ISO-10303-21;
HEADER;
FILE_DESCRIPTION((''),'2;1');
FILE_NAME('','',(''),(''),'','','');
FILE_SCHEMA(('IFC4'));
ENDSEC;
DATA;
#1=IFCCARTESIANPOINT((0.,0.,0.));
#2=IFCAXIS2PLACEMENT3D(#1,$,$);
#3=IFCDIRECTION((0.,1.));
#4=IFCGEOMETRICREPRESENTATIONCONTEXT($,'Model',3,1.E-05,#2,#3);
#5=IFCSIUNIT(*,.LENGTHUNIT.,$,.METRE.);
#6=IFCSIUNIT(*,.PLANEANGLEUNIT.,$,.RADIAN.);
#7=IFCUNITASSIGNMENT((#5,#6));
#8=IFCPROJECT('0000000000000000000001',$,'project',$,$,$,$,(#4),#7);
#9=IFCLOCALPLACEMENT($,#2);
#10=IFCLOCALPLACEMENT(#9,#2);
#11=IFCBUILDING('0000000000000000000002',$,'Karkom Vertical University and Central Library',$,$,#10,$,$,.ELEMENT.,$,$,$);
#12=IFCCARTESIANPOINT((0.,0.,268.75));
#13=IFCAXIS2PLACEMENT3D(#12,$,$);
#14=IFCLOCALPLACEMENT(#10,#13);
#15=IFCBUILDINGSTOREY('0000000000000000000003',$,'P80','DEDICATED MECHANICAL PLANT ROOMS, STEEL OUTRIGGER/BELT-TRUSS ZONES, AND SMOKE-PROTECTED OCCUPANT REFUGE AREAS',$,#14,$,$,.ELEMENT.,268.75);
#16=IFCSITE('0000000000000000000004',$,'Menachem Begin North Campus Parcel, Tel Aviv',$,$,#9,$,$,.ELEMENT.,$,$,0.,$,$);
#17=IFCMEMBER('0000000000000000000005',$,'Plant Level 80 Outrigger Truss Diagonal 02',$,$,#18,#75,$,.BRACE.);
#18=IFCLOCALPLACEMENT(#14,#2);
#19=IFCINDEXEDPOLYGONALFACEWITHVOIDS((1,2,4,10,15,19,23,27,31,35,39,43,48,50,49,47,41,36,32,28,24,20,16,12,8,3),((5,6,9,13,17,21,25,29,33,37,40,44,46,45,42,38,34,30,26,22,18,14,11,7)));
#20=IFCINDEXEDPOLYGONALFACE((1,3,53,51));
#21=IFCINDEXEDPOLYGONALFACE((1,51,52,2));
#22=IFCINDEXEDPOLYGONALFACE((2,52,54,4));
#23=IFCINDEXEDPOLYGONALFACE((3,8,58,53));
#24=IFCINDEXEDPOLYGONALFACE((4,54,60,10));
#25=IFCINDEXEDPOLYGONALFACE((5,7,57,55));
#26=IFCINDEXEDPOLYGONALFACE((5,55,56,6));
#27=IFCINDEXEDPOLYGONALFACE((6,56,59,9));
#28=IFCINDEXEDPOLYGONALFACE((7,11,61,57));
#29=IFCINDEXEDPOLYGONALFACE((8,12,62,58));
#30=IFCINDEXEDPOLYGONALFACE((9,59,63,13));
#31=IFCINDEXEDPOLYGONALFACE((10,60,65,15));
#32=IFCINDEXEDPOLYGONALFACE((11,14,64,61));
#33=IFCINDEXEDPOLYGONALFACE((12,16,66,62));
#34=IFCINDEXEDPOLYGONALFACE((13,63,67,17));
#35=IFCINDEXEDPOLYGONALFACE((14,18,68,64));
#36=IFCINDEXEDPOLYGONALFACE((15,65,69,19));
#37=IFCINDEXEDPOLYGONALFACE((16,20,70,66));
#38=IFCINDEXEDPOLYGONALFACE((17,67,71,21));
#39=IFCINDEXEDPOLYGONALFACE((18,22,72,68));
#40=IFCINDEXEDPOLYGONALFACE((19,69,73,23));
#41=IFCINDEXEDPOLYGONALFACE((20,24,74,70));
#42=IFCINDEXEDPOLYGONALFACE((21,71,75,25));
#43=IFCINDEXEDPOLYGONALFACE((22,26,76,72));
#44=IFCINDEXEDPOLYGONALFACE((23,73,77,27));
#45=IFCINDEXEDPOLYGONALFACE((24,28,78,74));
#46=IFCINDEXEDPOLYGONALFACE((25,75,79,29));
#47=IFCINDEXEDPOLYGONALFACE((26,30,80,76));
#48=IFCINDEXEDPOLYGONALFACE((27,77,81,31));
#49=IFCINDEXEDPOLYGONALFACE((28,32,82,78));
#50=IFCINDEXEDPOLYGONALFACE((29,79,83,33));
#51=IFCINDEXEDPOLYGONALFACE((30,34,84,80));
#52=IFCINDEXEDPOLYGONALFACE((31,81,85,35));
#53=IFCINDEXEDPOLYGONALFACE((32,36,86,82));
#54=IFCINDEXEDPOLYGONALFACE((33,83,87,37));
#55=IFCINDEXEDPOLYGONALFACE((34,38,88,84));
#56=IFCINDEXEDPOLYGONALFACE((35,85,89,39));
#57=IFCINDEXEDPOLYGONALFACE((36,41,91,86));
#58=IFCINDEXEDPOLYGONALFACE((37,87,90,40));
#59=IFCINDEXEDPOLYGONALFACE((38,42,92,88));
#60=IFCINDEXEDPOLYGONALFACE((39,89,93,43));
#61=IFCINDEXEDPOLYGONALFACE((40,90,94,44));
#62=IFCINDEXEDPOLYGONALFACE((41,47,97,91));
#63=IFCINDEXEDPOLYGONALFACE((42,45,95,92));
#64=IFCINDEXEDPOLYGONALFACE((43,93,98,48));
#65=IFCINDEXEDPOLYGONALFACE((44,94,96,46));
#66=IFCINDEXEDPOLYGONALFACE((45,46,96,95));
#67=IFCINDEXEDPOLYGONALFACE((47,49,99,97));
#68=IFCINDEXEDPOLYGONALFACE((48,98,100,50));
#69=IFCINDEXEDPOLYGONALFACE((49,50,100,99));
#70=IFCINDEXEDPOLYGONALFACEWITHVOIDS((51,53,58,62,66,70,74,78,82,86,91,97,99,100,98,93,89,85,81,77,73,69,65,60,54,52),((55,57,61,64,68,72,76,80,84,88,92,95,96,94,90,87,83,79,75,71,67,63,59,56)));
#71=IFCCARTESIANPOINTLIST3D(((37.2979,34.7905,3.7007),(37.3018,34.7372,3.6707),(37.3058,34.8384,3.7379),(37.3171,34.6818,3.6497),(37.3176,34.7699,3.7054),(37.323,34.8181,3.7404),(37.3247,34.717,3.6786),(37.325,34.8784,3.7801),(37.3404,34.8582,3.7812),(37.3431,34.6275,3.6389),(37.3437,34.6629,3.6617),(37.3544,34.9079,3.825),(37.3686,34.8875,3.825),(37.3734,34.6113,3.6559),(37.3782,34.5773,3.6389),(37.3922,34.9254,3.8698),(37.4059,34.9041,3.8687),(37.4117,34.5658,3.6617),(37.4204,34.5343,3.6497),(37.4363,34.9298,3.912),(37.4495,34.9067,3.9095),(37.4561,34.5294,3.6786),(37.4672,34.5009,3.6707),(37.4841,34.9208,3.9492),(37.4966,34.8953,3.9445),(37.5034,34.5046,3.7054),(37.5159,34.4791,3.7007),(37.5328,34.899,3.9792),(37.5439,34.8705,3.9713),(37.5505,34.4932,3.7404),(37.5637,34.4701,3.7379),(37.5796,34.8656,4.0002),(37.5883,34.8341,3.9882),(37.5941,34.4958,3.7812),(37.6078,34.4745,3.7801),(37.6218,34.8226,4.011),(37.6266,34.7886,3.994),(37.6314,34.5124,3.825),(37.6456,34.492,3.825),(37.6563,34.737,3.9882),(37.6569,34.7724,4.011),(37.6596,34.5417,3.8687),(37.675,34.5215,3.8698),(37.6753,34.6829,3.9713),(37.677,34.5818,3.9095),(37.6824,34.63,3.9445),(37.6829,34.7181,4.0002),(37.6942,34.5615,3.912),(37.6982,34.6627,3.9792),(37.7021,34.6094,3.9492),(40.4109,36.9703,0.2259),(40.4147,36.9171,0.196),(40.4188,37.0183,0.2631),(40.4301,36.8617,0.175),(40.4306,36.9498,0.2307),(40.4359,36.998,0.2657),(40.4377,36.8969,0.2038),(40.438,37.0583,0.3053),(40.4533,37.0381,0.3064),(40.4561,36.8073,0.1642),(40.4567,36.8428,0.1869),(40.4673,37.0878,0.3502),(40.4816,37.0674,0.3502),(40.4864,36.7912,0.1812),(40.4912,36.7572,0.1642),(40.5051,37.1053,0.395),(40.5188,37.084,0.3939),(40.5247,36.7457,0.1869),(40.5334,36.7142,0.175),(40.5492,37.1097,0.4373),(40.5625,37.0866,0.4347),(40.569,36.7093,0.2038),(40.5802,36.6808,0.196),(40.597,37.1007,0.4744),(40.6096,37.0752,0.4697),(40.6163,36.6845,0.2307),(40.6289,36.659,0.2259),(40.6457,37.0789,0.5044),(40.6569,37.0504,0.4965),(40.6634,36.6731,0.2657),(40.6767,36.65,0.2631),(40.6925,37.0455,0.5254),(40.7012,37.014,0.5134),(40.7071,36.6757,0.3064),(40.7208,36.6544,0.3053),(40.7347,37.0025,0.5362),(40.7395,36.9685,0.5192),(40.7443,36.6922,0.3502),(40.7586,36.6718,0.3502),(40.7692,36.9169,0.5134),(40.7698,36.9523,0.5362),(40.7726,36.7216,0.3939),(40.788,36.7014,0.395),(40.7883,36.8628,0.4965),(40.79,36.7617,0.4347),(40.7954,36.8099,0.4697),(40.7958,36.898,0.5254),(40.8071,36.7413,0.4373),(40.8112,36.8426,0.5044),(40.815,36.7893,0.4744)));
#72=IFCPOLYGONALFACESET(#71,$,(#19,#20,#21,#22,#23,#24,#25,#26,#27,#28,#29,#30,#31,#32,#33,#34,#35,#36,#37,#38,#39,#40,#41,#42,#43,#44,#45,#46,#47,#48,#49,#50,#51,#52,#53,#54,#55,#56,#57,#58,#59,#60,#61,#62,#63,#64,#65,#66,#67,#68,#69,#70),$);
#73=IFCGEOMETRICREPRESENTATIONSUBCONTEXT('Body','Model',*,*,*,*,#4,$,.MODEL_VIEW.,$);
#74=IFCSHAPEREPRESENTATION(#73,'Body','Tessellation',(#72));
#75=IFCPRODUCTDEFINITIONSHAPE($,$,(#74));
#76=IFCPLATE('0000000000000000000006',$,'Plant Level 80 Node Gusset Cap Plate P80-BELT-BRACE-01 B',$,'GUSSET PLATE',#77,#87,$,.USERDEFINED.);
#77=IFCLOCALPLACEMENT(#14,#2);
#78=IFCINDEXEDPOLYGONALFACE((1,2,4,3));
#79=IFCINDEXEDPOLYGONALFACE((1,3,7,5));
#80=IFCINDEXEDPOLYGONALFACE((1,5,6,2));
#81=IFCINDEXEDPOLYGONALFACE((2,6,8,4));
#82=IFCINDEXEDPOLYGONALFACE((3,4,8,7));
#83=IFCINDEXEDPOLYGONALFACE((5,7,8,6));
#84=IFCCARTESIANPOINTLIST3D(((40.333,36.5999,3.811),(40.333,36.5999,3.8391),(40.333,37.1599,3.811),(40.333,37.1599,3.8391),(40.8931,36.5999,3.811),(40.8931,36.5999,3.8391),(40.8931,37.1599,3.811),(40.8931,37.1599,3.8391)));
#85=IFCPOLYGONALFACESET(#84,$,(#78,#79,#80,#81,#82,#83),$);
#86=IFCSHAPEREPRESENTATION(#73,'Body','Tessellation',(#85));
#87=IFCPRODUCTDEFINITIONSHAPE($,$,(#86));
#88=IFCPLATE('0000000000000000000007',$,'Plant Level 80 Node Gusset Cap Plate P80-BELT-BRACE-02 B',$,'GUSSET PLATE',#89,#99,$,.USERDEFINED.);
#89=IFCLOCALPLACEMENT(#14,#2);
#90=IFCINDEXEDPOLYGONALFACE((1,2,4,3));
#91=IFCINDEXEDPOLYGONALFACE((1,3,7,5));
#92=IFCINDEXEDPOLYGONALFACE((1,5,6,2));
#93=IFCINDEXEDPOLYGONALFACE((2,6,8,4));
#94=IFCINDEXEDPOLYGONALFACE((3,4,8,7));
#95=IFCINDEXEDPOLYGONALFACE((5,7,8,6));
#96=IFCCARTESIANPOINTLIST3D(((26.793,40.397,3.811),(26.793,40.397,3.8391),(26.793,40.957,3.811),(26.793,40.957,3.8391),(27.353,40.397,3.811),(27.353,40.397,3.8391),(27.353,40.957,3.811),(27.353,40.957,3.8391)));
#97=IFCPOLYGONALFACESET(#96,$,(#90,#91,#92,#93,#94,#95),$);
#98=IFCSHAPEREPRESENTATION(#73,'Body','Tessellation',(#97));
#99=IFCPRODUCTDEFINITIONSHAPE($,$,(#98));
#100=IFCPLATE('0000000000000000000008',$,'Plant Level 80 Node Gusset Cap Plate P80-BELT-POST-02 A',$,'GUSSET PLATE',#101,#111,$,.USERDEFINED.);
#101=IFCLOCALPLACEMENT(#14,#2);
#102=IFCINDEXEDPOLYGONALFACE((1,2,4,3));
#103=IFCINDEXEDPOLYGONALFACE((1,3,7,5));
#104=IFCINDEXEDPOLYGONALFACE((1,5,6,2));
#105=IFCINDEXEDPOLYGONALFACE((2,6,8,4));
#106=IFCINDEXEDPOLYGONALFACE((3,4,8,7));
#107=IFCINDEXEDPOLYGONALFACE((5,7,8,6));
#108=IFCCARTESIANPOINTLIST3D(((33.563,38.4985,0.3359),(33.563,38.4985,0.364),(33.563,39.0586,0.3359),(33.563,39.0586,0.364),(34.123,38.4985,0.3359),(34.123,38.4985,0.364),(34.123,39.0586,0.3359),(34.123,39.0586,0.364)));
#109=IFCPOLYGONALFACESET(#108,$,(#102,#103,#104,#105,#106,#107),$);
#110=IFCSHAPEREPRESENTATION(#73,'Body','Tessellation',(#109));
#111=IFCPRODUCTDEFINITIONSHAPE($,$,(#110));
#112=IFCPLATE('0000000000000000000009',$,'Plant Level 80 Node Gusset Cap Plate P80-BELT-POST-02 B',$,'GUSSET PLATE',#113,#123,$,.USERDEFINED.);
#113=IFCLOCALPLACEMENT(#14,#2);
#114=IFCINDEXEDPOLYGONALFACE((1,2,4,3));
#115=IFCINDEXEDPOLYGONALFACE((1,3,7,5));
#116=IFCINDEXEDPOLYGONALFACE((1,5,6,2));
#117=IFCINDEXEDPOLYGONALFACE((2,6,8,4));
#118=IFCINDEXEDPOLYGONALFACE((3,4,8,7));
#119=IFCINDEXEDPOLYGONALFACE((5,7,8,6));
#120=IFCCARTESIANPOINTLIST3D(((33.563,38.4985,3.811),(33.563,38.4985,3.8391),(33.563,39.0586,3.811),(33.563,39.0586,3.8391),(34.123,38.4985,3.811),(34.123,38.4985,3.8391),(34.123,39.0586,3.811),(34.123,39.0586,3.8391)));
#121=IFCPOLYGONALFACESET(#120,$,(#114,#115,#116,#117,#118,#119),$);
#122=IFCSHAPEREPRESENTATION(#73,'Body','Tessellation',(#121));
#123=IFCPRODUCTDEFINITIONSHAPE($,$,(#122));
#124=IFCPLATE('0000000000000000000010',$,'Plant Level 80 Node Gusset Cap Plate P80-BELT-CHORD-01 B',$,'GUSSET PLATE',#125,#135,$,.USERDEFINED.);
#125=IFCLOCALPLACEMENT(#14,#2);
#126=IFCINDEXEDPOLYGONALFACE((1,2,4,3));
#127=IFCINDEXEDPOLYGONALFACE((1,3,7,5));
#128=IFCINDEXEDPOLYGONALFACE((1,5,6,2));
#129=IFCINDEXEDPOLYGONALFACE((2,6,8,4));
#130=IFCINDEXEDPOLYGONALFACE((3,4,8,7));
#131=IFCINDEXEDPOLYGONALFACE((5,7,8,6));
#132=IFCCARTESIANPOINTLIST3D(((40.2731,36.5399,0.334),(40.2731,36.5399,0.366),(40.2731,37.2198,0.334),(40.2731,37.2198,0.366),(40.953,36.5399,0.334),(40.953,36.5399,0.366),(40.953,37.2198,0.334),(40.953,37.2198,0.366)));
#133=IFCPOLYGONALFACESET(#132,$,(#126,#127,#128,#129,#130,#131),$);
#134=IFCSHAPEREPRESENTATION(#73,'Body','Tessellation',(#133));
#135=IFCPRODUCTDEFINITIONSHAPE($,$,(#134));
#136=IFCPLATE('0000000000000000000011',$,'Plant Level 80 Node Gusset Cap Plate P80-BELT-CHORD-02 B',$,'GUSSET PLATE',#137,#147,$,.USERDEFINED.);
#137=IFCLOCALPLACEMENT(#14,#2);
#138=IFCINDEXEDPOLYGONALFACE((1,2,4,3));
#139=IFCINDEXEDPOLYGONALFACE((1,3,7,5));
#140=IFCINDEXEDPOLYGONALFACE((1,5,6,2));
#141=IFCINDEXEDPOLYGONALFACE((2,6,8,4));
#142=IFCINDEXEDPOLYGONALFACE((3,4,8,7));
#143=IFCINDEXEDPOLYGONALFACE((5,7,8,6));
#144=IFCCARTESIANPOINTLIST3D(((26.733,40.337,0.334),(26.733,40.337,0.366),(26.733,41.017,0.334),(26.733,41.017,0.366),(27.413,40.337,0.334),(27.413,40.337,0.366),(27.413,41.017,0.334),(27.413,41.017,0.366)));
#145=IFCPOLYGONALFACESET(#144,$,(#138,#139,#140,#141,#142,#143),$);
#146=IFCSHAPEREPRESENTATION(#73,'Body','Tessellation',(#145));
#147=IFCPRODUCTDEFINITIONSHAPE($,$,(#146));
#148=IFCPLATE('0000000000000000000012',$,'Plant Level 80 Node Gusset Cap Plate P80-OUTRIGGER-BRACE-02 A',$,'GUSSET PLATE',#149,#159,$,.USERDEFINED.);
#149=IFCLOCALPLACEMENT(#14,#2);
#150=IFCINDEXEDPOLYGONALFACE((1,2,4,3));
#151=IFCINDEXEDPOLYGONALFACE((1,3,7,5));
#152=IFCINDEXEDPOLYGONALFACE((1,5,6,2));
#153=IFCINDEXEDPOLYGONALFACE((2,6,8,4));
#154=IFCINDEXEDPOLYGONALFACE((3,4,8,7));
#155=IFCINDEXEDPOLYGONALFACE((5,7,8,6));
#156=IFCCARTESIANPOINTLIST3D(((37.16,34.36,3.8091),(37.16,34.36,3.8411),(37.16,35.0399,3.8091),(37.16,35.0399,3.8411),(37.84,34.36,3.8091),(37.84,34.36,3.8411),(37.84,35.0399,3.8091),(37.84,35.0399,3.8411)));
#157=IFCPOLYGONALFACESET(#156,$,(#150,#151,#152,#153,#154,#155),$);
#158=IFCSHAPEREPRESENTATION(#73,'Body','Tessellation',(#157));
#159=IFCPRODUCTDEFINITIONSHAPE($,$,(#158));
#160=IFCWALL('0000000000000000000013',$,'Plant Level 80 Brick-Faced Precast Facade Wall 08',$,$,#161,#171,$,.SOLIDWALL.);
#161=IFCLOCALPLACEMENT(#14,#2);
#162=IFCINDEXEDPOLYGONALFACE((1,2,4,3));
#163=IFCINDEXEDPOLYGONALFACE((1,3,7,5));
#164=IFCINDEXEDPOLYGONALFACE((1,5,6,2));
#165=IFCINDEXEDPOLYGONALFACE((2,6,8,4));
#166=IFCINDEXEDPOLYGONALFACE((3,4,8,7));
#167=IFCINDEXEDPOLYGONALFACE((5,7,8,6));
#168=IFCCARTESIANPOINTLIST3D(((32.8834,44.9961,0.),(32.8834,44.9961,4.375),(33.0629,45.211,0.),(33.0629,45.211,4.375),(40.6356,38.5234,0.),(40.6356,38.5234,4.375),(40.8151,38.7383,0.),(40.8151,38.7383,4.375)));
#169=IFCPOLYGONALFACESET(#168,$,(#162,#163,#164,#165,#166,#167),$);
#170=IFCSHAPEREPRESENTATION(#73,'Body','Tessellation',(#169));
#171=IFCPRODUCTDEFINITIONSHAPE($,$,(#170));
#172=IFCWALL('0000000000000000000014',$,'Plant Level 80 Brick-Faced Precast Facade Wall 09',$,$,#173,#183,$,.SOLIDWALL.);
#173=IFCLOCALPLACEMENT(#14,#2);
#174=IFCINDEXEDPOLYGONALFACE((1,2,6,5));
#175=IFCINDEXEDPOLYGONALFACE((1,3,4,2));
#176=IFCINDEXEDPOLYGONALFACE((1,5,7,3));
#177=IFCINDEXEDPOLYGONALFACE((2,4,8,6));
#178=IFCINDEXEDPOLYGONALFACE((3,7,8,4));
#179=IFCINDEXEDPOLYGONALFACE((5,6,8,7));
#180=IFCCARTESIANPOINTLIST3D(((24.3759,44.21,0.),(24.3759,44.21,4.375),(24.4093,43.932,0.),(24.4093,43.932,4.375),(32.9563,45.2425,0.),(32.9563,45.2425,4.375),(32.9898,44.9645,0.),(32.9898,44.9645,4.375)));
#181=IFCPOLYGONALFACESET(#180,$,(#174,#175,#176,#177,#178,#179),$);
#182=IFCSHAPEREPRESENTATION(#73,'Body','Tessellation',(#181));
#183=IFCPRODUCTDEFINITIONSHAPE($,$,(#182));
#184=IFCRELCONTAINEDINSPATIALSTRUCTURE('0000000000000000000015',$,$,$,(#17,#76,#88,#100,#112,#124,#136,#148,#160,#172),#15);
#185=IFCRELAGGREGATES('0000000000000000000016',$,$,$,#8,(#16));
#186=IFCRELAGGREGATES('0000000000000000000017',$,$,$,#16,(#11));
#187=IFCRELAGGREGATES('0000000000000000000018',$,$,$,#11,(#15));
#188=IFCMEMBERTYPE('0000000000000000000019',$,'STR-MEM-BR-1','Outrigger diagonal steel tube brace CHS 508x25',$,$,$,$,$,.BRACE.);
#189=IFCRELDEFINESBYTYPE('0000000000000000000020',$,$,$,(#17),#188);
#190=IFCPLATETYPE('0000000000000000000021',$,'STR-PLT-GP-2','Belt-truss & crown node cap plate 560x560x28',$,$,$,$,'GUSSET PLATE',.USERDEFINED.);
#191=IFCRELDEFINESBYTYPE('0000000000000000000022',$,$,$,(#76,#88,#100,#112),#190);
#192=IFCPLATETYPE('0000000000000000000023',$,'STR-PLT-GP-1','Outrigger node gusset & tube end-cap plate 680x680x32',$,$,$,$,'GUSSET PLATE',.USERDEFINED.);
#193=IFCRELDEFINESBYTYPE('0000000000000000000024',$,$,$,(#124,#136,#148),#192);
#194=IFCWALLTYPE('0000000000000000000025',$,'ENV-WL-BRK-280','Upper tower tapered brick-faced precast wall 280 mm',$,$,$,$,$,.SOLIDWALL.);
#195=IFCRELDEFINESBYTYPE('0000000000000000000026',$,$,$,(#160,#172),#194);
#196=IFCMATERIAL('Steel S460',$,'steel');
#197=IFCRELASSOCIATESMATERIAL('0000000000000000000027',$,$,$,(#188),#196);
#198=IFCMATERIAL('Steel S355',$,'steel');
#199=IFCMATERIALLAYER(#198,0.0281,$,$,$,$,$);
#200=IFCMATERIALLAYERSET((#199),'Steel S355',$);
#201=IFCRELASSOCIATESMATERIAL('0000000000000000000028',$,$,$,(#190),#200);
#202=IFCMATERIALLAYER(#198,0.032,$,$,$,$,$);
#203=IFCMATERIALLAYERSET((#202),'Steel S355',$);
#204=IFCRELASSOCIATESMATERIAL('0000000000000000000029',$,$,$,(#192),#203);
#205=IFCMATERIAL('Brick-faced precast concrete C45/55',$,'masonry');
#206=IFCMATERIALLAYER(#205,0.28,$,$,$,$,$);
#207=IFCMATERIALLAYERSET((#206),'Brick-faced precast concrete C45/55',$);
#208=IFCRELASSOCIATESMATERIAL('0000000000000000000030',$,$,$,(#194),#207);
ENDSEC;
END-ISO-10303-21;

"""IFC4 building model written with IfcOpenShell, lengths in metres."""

from ifc_helpers import new_model, si_unit, direction, frame, frame_2d, origin, origin_with_axes, origin_2d, place, context, subcontext, project, spatial, rectangle, hollow_circle, extrude, source, transform, mapped, material, layer, layer_set, material_profile, profile_set, type_object, element, save


model = new_model("IFC4")

# Units and contexts
model_context = context("Model", 3, precision=1e-05, world=origin(), true_north=direction((0.0, 1.0)))
body_context = subcontext(model_context, "Body", "Model", "MODEL_VIEW")
ifc_project = project(units=[si_unit("LENGTHUNIT", "METRE"), si_unit("PLANEANGLEUNIT", "RADIAN")], contexts=[model_context])

# Site, building, storey
site_placement = place(None, origin())
site = spatial("IfcSite", under=ifc_project, at=site_placement, Name="Menachem Begin North Campus Parcel, Tel Aviv", CompositionType="ELEMENT", RefElevation=0.0)
building_placement = place(site_placement, origin())
building = spatial("IfcBuilding", under=site, at=building_placement, Name="Karkom Vertical University and Central Library", CompositionType="ELEMENT")
storey_placement = place(building_placement, frame((0.0, 0.0, 268.75)))
storey = spatial("IfcBuildingStorey", under=building, at=storey_placement, Name="P80", Description="DEDICATED MECHANICAL PLANT ROOMS, STEEL OUTRIGGER/BELT-TRUSS ZONES, AND SMOKE-PROTECTED OCCUPANT REFUGE AREAS", CompositionType="ELEMENT", Elevation=268.75)

# Shared definitions
ifc_material_1 = material(Name="Steel S355", Category="steel")
ifc_material_2 = material(Name="Steel S460", Category="steel")

# Member
ifc_material_profile_1 = material_profile(ifc_material_2, hollow_circle(Radius=0.2539, WallThickness=0.0249, at=origin_2d()), Name="CHS 508x25")
ifc_profile_set_1 = profile_set([ifc_material_profile_1], Name="Steel S460")
member_type_1 = type_object("IfcMemberType", Name="STR-MEM-BR-1", Description="Outrigger diagonal steel tube brace CHS 508x25", PredefinedType="BRACE", material=ifc_profile_set_1)
shared_shape_1 = source(origin_with_axes(), body_context, "Body", "SweptSolid", [
    extrude(hollow_circle(Radius=0.2539, WallThickness=0.0249, at=origin_2d()), origin(), (0.0, 0.0, 1.0), 5.1494),
])
member_1_placement = place(storey_placement, frame((37.5, 34.7, 3.825), z_axis=(0.604528, 0.423326, -0.67479), x_axis=(-0.573605, 0.819132, 0.0)))
element("IfcMember", 1, at=member_1_placement, inside=storey, type_object=member_type_1, Name="Plant Level 80 Outrigger Truss Diagonal 02", PredefinedType="BRACE", context=body_context, shape_type="MappedRepresentation", body=[
    mapped(shared_shape_1, transform((0.0, 0.0, 0.0), scale=1.0)),
])

# Plates
ifc_layer_1 = layer(ifc_material_1, 0.0281)
ifc_layer_set_1 = layer_set([ifc_layer_1], Name="Steel S355")
plate_type_1 = type_object("IfcPlateType", Name="STR-PLT-GP-2", Description="Belt-truss & crown node cap plate 560x560x28", ElementType="GUSSET PLATE", PredefinedType="USERDEFINED", material=ifc_layer_set_1)
shared_shape_2 = source(origin_with_axes(), body_context, "Body", "SweptSolid", [
    extrude(rectangle(XDim=0.5601, YDim=0.5601, at=origin_2d()), origin(), (0.0, 0.0, 1.0), 0.0281),
])
for number, where, z_axis, x_axis, name in (
    (2, (40.613, 36.8799, 3.811), (0.0, 0.0, 1.0), (1.0, 0.0, 0.0), "Plant Level 80 Node Gusset Cap Plate P80-BELT-BRACE-01 B"),
    (3, (27.073, 40.677, 3.811), (0.0, 0.0, 1.0), (1.0, 0.0, 0.0), "Plant Level 80 Node Gusset Cap Plate P80-BELT-BRACE-02 B"),
    (4, (33.843, 38.7786, 0.3359), (0.0, 0.0, 1.0), (1.0, 0.0, 0.0), "Plant Level 80 Node Gusset Cap Plate P80-BELT-POST-02 A"),
    (5, (33.843, 38.7786, 3.811), (0.0, 0.0, 1.0), (1.0, 0.0, 0.0), "Plant Level 80 Node Gusset Cap Plate P80-BELT-POST-02 B"),
):
    element("IfcPlate", number, at=place(storey_placement, frame(where, z_axis=z_axis, x_axis=x_axis)), inside=storey, type_object=plate_type_1, Name=name, ObjectType="GUSSET PLATE", PredefinedType="USERDEFINED", context=body_context, shape_type="MappedRepresentation", body=[
        mapped(shared_shape_2, transform((0.0, 0.0, 0.0), scale=1.0)),
    ])
ifc_layer_2 = layer(ifc_material_1, 0.032)
ifc_layer_set_2 = layer_set([ifc_layer_2], Name="Steel S355")
plate_type_2 = type_object("IfcPlateType", Name="STR-PLT-GP-1", Description="Outrigger node gusset & tube end-cap plate 680x680x32", ElementType="GUSSET PLATE", PredefinedType="USERDEFINED", material=ifc_layer_set_2)
shared_shape_3 = source(origin_with_axes(), body_context, "Body", "SweptSolid", [
    extrude(rectangle(XDim=0.6799, YDim=0.6799, at=origin_2d()), origin(), (0.0, 0.0, 1.0), 0.032),
])
for number, where, z_axis, x_axis, name in (
    (6, (40.613, 36.8799, 0.334), (0.0, 0.0, 1.0), (1.0, 0.0, 0.0), "Plant Level 80 Node Gusset Cap Plate P80-BELT-CHORD-01 B"),
    (7, (27.073, 40.677, 0.334), (0.0, 0.0, 1.0), (1.0, 0.0, 0.0), "Plant Level 80 Node Gusset Cap Plate P80-BELT-CHORD-02 B"),
    (8, (37.5, 34.7, 3.8091), (0.0, 0.0, 1.0), (1.0, 0.0, 0.0), "Plant Level 80 Node Gusset Cap Plate P80-OUTRIGGER-BRACE-02 A"),
):
    element("IfcPlate", number, at=place(storey_placement, frame(where, z_axis=z_axis, x_axis=x_axis)), inside=storey, type_object=plate_type_2, Name=name, ObjectType="GUSSET PLATE", PredefinedType="USERDEFINED", context=body_context, shape_type="MappedRepresentation", body=[
        mapped(shared_shape_3, transform((0.0, 0.0, 0.0), scale=1.0)),
    ])

# Walls
ifc_material_3 = material(Name="Brick-faced precast concrete C45/55", Category="masonry")
ifc_layer_3 = layer(ifc_material_3, 0.28)
ifc_layer_set_3 = layer_set([ifc_layer_3], Name="Brick-faced precast concrete C45/55")
wall_type_1 = type_object("IfcWallType", Name="ENV-WL-BRK-280", Description="Upper tower tapered brick-faced precast wall 280 mm", PredefinedType="SOLIDWALL", material=ifc_layer_set_3)
wall_1_placement = place(storey_placement, frame((40.7253, 38.6309, 0.0), z_axis=(0.0, 0.0, 1.0), x_axis=(-0.767613, 0.640914, 0.0)))
element("IfcWall", 9, at=wall_1_placement, inside=storey, type_object=wall_type_1, Name="Plant Level 80 Brick-Faced Precast Facade Wall 08", PredefinedType="SOLIDWALL", context=body_context, shape_type="SweptSolid", body=[
    extrude(rectangle(XDim=10.0991, YDim=0.28, at=frame_2d((5.0496, 0.0))), origin(), (0.0, 0.0, 1.0), 4.375),
])
wall_2_placement = place(storey_placement, frame((32.9731, 45.1035, 0.0), z_axis=(0.0, 0.0, 1.0), x_axis=(-0.992838, -0.119468, 0.0)))
element("IfcWall", 10, at=wall_2_placement, inside=storey, type_object=wall_type_1, Name="Plant Level 80 Brick-Faced Precast Facade Wall 09", PredefinedType="SOLIDWALL", context=body_context, shape_type="SweptSolid", body=[
    extrude(rectangle(XDim=8.6423, YDim=0.28, at=frame_2d((4.3213, 0.0))), origin(), (0.0, 0.0, 1.0), 4.375),
])

save(model, "model.ifc")
